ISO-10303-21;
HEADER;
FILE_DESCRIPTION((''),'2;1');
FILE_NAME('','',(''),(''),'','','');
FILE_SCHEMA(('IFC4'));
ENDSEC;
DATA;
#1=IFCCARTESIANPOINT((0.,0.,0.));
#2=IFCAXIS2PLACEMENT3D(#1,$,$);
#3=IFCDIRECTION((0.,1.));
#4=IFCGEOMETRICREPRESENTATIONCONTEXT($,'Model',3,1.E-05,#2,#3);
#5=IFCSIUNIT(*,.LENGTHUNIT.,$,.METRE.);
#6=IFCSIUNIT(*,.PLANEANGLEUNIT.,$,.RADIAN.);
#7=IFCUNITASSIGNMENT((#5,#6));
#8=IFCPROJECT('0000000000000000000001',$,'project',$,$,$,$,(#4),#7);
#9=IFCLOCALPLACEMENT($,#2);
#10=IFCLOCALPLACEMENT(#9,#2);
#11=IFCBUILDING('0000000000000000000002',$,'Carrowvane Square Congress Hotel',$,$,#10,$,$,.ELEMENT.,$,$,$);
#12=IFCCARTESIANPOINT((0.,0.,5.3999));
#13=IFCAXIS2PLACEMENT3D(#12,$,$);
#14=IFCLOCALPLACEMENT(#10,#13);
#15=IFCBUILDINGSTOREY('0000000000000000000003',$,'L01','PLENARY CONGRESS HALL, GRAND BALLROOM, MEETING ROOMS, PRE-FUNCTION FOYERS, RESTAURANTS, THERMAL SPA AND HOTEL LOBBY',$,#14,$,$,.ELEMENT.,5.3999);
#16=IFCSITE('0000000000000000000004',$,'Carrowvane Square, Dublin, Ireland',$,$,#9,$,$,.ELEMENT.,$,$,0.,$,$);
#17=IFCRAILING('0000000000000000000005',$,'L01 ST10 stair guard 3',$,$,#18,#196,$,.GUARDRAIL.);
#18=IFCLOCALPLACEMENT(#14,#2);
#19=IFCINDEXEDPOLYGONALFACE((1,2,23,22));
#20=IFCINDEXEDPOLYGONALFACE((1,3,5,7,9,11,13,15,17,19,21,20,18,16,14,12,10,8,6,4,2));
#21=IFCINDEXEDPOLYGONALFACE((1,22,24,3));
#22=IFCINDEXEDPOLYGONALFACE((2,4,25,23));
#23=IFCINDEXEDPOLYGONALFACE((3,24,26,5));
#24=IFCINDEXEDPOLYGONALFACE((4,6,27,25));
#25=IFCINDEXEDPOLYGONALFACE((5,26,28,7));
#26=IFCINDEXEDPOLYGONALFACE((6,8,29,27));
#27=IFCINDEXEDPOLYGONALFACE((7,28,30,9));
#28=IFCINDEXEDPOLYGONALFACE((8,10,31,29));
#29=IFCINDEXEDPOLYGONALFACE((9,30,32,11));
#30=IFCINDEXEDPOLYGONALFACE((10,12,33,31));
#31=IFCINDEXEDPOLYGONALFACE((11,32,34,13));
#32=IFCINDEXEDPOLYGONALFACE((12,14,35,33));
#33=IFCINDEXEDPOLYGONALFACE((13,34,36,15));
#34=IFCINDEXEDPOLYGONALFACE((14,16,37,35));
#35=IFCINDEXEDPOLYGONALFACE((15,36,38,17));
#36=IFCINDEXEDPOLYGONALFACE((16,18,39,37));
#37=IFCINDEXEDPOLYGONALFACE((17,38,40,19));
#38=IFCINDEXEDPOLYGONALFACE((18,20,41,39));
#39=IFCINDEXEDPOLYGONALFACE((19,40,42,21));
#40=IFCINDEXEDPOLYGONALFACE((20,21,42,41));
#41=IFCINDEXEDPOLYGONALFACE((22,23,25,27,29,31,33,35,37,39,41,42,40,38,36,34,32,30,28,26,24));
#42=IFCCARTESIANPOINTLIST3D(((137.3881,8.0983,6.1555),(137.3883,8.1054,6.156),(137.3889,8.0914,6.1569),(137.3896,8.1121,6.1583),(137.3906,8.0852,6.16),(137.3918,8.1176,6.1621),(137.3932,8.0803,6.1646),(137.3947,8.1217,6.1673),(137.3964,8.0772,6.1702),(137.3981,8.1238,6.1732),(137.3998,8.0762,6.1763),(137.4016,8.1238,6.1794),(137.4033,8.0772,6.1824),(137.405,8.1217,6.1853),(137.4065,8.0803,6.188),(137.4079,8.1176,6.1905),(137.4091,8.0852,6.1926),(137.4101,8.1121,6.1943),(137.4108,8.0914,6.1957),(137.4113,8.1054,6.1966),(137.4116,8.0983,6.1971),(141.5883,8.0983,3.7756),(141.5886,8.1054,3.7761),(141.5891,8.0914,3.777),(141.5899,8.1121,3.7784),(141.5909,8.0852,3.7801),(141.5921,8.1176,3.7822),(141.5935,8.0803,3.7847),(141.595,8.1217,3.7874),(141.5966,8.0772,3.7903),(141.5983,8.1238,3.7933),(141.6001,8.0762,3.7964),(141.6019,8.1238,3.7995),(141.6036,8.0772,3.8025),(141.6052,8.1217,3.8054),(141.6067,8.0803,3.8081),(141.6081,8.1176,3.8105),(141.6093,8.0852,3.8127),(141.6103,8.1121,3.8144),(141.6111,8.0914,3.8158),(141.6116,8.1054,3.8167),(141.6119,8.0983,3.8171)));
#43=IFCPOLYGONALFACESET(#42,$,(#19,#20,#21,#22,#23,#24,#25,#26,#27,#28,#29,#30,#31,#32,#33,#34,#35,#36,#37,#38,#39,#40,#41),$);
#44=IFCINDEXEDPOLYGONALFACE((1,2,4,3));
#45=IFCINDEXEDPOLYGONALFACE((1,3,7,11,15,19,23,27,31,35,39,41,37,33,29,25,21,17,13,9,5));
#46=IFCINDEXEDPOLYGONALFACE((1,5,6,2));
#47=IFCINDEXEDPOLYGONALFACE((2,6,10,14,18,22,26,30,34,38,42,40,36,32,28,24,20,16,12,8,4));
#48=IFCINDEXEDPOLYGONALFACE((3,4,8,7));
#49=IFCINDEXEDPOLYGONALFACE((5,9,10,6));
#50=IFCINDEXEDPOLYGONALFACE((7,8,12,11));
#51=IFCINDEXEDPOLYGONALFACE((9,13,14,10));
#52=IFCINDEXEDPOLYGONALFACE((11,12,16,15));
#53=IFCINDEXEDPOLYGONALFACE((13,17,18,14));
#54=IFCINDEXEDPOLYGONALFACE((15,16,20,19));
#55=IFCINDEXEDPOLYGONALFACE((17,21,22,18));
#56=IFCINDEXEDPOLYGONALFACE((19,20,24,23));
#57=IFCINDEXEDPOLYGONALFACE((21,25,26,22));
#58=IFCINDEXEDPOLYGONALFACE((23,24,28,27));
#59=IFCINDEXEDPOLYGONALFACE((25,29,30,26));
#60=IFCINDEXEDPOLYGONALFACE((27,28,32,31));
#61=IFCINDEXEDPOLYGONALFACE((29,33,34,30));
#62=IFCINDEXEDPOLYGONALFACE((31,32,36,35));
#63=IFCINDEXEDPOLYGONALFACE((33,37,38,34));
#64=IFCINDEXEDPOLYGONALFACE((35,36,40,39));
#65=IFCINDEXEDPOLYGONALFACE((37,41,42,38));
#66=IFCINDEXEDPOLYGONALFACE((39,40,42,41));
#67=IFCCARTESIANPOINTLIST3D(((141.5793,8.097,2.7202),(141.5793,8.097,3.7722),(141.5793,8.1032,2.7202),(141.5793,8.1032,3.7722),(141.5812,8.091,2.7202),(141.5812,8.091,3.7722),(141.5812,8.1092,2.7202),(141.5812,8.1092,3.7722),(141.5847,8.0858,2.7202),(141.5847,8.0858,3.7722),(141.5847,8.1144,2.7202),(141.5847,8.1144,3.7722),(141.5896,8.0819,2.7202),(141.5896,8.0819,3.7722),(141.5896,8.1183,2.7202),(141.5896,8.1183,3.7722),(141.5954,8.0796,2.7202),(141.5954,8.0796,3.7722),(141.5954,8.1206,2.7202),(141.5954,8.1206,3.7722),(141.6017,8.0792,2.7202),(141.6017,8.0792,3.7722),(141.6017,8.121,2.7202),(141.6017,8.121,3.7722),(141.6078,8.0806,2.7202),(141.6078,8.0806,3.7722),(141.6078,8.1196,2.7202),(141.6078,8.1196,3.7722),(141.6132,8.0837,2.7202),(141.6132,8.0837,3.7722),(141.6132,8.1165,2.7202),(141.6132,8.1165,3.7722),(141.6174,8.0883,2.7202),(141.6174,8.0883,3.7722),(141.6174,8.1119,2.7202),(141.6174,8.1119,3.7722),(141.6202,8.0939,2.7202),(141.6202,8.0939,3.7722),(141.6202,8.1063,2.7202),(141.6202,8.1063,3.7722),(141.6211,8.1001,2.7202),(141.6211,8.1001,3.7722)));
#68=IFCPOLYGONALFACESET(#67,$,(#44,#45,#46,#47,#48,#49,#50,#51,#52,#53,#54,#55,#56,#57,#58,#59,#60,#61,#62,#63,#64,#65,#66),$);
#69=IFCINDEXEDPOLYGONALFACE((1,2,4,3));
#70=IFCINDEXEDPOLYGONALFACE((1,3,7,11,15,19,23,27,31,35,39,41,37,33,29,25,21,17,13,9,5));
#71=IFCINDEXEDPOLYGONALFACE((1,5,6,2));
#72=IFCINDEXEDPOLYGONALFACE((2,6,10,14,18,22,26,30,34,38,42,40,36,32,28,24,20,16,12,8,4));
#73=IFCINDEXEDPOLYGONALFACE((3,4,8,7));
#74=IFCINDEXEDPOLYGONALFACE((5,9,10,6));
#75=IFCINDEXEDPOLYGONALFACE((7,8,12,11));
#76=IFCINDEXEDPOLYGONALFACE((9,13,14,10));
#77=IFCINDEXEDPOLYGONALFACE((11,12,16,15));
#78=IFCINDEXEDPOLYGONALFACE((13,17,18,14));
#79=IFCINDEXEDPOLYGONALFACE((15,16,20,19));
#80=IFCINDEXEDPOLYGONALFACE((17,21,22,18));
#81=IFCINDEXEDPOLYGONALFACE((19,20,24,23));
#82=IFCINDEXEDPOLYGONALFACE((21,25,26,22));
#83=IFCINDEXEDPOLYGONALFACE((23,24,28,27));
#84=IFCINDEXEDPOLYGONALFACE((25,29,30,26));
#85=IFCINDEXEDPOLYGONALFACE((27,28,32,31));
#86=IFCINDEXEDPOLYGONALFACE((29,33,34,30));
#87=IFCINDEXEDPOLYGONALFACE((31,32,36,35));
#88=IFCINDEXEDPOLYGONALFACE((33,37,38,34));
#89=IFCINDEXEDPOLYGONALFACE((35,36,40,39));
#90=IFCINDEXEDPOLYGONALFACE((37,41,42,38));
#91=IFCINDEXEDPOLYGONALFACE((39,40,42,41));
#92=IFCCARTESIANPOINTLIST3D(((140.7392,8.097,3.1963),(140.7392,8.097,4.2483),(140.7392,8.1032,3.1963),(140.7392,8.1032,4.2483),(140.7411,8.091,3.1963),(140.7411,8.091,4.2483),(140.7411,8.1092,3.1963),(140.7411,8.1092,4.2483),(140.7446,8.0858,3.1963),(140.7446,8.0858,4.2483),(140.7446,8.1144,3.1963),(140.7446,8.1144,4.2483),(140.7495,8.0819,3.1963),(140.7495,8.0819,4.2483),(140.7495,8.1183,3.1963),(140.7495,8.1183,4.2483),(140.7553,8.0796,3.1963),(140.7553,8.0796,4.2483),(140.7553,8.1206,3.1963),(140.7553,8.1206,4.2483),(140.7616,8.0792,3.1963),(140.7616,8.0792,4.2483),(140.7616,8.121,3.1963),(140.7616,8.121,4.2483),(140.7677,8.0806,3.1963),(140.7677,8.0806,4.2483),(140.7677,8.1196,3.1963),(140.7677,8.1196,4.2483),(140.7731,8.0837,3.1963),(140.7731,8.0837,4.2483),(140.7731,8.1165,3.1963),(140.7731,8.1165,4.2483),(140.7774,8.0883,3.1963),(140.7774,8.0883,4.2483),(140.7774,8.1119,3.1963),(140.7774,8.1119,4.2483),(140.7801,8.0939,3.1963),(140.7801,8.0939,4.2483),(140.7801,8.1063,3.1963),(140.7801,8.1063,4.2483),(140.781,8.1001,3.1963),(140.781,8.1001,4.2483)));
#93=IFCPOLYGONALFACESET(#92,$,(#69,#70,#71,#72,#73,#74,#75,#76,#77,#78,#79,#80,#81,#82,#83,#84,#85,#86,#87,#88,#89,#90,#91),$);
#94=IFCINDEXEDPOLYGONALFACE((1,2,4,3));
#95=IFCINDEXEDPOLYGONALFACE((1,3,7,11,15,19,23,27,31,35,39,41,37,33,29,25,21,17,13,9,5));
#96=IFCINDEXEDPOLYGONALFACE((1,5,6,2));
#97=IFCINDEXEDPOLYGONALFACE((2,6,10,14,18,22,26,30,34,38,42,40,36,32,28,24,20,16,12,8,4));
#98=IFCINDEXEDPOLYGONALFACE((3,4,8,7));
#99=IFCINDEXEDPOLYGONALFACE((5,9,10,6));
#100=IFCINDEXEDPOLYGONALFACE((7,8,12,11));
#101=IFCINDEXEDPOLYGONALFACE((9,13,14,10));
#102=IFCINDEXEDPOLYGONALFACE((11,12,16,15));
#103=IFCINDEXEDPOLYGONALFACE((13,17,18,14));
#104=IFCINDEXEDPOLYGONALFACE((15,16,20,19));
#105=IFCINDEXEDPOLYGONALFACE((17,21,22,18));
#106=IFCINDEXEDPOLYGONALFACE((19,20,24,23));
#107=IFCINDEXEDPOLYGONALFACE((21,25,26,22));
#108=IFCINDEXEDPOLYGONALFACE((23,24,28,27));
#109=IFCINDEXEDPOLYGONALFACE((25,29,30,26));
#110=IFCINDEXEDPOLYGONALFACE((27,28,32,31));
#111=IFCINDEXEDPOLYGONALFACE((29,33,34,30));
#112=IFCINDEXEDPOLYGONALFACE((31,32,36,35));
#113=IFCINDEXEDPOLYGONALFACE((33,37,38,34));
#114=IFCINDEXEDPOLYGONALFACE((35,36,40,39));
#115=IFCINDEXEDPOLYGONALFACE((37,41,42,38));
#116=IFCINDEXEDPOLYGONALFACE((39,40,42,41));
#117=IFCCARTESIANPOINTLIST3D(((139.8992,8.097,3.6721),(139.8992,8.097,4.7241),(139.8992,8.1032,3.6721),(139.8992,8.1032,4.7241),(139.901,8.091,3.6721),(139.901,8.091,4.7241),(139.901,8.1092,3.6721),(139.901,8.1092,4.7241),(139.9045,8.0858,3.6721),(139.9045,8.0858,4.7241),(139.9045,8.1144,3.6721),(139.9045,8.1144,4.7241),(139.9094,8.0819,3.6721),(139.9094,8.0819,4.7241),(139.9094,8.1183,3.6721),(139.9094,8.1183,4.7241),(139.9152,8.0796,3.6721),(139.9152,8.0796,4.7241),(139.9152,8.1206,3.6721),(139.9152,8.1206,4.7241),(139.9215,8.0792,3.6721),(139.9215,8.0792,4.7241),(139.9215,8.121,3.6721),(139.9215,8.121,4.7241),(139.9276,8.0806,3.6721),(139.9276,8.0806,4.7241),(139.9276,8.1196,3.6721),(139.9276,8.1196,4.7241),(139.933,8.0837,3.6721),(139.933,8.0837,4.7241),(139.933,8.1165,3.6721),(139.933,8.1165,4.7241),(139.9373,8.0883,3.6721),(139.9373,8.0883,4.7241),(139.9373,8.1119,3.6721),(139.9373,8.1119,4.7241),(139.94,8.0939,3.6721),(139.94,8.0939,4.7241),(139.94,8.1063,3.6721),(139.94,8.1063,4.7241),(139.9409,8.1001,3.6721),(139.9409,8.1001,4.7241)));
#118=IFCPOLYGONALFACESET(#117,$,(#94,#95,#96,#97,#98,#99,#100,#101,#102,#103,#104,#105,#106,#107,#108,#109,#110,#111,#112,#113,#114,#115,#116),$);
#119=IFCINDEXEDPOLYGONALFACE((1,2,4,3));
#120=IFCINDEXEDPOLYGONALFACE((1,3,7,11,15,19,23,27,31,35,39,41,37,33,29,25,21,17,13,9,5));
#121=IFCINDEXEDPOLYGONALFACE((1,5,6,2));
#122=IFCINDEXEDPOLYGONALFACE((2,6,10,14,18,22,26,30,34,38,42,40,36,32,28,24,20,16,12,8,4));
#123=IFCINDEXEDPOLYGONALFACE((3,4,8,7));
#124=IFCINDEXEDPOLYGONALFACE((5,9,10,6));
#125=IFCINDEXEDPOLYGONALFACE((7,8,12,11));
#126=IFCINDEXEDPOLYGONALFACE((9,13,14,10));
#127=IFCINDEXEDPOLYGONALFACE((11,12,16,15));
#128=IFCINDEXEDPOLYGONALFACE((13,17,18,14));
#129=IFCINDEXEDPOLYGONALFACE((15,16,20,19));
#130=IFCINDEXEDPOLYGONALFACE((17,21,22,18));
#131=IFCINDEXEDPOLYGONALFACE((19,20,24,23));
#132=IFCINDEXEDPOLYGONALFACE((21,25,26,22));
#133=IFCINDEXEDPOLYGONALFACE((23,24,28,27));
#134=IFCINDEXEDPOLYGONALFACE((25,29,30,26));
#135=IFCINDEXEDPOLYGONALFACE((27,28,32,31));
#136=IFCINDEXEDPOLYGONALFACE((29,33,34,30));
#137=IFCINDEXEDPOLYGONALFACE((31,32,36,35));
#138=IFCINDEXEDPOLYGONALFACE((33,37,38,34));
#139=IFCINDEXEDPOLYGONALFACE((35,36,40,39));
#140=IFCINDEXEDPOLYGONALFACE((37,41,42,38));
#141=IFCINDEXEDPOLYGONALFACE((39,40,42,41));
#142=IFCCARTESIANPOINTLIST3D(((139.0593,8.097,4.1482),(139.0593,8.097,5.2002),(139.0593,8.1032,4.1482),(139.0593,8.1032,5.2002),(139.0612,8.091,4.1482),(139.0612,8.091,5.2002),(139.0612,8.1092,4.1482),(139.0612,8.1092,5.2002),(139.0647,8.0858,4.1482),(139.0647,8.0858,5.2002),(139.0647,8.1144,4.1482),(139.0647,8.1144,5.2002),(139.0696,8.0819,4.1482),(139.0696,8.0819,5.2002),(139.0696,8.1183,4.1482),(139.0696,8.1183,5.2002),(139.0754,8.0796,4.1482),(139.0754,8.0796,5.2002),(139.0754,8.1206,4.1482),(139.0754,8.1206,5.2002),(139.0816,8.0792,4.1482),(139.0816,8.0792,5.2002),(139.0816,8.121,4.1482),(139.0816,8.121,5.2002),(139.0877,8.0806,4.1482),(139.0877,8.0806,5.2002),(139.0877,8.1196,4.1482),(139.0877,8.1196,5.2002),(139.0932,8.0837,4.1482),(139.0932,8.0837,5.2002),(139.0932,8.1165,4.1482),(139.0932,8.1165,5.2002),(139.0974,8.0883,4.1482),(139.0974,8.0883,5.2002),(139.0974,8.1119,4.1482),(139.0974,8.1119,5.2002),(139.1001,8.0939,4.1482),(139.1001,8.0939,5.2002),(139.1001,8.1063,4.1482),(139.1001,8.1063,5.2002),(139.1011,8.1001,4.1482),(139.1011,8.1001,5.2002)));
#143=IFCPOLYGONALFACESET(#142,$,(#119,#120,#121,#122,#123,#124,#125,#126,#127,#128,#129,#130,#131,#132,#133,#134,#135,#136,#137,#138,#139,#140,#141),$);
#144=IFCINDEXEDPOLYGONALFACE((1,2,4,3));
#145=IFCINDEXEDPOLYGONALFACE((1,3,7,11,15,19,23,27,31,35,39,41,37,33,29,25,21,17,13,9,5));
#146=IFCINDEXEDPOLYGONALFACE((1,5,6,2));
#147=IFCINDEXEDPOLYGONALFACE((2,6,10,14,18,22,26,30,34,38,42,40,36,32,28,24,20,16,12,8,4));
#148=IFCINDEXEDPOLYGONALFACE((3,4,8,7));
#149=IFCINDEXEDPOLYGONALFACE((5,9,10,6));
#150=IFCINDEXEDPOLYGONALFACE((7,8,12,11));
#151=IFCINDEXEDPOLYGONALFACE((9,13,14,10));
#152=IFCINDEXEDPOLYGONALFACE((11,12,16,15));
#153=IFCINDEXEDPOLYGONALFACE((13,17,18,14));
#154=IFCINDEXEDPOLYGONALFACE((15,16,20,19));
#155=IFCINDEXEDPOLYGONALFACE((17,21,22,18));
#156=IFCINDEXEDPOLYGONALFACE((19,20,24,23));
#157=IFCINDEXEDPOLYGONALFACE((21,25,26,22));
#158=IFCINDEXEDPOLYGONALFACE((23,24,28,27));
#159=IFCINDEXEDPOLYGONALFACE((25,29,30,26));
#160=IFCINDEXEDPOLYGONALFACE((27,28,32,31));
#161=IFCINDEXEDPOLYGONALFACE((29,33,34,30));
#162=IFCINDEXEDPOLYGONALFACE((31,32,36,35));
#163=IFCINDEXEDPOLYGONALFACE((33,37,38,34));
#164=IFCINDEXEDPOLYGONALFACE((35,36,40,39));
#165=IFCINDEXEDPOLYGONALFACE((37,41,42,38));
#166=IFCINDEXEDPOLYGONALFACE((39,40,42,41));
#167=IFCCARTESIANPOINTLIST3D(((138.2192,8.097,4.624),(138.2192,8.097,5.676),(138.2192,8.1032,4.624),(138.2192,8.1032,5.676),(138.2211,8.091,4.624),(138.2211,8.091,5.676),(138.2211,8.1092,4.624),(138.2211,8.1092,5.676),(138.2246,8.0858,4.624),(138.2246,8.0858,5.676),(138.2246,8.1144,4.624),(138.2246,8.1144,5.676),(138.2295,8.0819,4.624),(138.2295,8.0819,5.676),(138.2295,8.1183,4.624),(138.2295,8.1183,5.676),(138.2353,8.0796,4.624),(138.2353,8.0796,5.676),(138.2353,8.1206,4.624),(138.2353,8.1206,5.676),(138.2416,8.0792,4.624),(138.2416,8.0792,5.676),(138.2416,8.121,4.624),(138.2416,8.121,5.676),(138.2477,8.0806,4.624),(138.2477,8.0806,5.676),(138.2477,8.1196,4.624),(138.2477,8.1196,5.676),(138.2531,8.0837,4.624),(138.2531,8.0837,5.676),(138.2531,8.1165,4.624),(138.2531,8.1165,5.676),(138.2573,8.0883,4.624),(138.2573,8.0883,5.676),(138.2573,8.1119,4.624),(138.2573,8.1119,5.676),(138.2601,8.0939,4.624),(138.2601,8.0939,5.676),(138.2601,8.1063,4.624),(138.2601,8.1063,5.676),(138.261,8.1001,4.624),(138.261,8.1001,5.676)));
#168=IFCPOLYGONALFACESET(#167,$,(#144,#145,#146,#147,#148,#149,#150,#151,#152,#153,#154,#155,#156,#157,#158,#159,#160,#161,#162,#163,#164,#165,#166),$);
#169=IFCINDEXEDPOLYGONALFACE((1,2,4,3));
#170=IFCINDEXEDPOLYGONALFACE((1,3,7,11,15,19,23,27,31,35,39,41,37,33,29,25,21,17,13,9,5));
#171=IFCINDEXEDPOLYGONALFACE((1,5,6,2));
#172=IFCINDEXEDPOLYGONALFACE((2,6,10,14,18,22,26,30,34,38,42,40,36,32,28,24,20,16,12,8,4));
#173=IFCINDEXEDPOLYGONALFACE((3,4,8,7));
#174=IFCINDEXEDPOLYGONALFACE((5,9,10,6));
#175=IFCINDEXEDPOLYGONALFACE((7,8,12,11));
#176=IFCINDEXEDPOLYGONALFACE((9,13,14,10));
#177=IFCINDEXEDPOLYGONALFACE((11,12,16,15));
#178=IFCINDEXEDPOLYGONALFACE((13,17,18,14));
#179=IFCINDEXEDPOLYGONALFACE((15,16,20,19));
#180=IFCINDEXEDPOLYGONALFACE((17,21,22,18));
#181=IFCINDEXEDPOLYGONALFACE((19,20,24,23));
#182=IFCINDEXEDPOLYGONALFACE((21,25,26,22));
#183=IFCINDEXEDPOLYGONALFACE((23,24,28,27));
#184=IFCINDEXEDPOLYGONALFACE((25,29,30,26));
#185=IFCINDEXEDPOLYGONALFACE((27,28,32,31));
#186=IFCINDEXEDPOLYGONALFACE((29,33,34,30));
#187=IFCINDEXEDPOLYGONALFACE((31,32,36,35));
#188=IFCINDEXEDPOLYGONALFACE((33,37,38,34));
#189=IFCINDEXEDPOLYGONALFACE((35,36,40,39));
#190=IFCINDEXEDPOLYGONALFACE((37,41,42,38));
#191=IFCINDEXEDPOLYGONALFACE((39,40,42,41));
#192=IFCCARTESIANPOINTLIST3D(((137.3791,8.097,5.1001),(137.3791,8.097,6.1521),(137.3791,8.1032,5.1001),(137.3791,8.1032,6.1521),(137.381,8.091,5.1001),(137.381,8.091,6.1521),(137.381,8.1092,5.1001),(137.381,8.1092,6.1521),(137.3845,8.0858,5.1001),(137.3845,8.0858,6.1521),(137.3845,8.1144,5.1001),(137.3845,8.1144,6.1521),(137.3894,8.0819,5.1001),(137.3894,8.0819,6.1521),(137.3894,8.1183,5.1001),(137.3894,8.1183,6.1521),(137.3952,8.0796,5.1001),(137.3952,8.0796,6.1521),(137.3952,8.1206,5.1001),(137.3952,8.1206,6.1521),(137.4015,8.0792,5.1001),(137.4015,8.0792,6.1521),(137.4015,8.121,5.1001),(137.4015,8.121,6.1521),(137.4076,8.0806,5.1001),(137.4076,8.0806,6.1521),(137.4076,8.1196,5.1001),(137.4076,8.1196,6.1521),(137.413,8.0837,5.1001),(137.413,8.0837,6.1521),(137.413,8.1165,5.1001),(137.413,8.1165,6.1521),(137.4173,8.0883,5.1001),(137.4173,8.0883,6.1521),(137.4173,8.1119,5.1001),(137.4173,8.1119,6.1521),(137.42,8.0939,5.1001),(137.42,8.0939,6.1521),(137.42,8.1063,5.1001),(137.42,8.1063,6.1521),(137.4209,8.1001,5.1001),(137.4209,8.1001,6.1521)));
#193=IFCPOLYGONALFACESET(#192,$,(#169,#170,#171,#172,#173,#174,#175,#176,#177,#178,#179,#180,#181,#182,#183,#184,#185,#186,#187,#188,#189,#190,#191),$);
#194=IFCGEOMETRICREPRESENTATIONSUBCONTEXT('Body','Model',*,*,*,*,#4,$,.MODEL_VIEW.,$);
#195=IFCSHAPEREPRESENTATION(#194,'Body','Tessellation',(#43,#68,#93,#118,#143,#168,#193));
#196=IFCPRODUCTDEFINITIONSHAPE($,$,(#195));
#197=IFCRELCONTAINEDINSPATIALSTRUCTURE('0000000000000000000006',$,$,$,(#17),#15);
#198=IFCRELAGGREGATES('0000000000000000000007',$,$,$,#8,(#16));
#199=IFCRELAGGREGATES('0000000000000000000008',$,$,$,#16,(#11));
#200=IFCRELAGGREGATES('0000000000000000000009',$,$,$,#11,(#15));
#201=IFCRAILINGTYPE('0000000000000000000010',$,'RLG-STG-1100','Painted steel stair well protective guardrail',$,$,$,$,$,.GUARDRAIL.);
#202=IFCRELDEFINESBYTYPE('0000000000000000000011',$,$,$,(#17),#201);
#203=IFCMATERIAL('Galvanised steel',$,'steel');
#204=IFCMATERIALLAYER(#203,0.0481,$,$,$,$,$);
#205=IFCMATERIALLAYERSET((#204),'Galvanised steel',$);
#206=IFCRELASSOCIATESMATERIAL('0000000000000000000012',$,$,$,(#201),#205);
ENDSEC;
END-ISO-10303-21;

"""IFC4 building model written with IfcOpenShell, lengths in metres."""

from ifc_helpers import new_model, si_unit, direction, frame, origin, origin_2d, place, context, subcontext, project, spatial, circle, extrude, material, layer, layer_set, type_object, element, save


model = new_model("IFC4")

# Units and contexts
model_context = context("Model", 3, precision=1e-05, world=origin(), true_north=direction((0.0, 1.0)))
body_context = subcontext(model_context, "Body", "Model", "MODEL_VIEW")
ifc_project = project(units=[si_unit("LENGTHUNIT", "METRE"), si_unit("PLANEANGLEUNIT", "RADIAN")], contexts=[model_context])

# Site, building, storey
site_placement = place(None, origin())
site = spatial("IfcSite", under=ifc_project, at=site_placement, Name="Carrowvane Square, Dublin, Ireland", CompositionType="ELEMENT", RefElevation=0.0)
building_placement = place(site_placement, origin())
building = spatial("IfcBuilding", under=site, at=building_placement, Name="Carrowvane Square Congress Hotel", CompositionType="ELEMENT")
storey_placement = place(building_placement, frame((0.0, 0.0, 5.3999)))
storey = spatial("IfcBuildingStorey", under=building, at=storey_placement, Name="L01", Description="PLENARY CONGRESS HALL, GRAND BALLROOM, MEETING ROOMS, PRE-FUNCTION FOYERS, RESTAURANTS, THERMAL SPA AND HOTEL LOBBY", CompositionType="ELEMENT", Elevation=5.3999)

# Railing
ifc_material_1 = material(Name="Galvanised steel", Category="steel")
ifc_layer_1 = layer(ifc_material_1, 0.0481)
ifc_layer_set_1 = layer_set([ifc_layer_1], Name="Galvanised steel")
railing_type_1 = type_object("IfcRailingType", Name="RLG-STG-1100", Description="Painted steel stair well protective guardrail", PredefinedType="GUARDRAIL", material=ifc_layer_set_1)
railing_1_placement = place(storey_placement, frame((141.6001, 8.1001, 2.7202)))
element("IfcRailing", 1, at=railing_1_placement, inside=storey, type_object=railing_type_1, Name="L01 ST10 stair guard 3", PredefinedType="GUARDRAIL", context=body_context, shape_type="SweptSolid", body=[
    extrude(circle(Radius=0.0239, at=origin_2d()), frame((0.0, 0.0, 1.0762), z_axis=(-0.870042, 0.0, 0.492977), x_axis=(0.0, -1.0, 0.0)), (0.0, 0.0, 1.0), 4.8276),
    extrude(circle(Radius=0.021, at=origin_2d()), origin(), (0.0, 0.0, 1.0), 1.052),
    extrude(circle(Radius=0.021, at=origin_2d()), frame((-0.8401, 0.0, 0.4761)), (0.0, 0.0, 1.0), 1.052),
    extrude(circle(Radius=0.021, at=origin_2d()), frame((-1.6802, 0.0, 0.9519)), (0.0, 0.0, 1.0), 1.052),
    extrude(circle(Radius=0.021, at=origin_2d()), frame((-2.52, 0.0, 1.428)), (0.0, 0.0, 1.0), 1.052),
    extrude(circle(Radius=0.021, at=origin_2d()), frame((-3.3601, 0.0, 1.9038)), (0.0, 0.0, 1.0), 1.052),
    extrude(circle(Radius=0.021, at=origin_2d()), frame((-4.2002, 0.0, 2.3799)), (0.0, 0.0, 1.0), 1.052),
])

save(model, "model.ifc")
